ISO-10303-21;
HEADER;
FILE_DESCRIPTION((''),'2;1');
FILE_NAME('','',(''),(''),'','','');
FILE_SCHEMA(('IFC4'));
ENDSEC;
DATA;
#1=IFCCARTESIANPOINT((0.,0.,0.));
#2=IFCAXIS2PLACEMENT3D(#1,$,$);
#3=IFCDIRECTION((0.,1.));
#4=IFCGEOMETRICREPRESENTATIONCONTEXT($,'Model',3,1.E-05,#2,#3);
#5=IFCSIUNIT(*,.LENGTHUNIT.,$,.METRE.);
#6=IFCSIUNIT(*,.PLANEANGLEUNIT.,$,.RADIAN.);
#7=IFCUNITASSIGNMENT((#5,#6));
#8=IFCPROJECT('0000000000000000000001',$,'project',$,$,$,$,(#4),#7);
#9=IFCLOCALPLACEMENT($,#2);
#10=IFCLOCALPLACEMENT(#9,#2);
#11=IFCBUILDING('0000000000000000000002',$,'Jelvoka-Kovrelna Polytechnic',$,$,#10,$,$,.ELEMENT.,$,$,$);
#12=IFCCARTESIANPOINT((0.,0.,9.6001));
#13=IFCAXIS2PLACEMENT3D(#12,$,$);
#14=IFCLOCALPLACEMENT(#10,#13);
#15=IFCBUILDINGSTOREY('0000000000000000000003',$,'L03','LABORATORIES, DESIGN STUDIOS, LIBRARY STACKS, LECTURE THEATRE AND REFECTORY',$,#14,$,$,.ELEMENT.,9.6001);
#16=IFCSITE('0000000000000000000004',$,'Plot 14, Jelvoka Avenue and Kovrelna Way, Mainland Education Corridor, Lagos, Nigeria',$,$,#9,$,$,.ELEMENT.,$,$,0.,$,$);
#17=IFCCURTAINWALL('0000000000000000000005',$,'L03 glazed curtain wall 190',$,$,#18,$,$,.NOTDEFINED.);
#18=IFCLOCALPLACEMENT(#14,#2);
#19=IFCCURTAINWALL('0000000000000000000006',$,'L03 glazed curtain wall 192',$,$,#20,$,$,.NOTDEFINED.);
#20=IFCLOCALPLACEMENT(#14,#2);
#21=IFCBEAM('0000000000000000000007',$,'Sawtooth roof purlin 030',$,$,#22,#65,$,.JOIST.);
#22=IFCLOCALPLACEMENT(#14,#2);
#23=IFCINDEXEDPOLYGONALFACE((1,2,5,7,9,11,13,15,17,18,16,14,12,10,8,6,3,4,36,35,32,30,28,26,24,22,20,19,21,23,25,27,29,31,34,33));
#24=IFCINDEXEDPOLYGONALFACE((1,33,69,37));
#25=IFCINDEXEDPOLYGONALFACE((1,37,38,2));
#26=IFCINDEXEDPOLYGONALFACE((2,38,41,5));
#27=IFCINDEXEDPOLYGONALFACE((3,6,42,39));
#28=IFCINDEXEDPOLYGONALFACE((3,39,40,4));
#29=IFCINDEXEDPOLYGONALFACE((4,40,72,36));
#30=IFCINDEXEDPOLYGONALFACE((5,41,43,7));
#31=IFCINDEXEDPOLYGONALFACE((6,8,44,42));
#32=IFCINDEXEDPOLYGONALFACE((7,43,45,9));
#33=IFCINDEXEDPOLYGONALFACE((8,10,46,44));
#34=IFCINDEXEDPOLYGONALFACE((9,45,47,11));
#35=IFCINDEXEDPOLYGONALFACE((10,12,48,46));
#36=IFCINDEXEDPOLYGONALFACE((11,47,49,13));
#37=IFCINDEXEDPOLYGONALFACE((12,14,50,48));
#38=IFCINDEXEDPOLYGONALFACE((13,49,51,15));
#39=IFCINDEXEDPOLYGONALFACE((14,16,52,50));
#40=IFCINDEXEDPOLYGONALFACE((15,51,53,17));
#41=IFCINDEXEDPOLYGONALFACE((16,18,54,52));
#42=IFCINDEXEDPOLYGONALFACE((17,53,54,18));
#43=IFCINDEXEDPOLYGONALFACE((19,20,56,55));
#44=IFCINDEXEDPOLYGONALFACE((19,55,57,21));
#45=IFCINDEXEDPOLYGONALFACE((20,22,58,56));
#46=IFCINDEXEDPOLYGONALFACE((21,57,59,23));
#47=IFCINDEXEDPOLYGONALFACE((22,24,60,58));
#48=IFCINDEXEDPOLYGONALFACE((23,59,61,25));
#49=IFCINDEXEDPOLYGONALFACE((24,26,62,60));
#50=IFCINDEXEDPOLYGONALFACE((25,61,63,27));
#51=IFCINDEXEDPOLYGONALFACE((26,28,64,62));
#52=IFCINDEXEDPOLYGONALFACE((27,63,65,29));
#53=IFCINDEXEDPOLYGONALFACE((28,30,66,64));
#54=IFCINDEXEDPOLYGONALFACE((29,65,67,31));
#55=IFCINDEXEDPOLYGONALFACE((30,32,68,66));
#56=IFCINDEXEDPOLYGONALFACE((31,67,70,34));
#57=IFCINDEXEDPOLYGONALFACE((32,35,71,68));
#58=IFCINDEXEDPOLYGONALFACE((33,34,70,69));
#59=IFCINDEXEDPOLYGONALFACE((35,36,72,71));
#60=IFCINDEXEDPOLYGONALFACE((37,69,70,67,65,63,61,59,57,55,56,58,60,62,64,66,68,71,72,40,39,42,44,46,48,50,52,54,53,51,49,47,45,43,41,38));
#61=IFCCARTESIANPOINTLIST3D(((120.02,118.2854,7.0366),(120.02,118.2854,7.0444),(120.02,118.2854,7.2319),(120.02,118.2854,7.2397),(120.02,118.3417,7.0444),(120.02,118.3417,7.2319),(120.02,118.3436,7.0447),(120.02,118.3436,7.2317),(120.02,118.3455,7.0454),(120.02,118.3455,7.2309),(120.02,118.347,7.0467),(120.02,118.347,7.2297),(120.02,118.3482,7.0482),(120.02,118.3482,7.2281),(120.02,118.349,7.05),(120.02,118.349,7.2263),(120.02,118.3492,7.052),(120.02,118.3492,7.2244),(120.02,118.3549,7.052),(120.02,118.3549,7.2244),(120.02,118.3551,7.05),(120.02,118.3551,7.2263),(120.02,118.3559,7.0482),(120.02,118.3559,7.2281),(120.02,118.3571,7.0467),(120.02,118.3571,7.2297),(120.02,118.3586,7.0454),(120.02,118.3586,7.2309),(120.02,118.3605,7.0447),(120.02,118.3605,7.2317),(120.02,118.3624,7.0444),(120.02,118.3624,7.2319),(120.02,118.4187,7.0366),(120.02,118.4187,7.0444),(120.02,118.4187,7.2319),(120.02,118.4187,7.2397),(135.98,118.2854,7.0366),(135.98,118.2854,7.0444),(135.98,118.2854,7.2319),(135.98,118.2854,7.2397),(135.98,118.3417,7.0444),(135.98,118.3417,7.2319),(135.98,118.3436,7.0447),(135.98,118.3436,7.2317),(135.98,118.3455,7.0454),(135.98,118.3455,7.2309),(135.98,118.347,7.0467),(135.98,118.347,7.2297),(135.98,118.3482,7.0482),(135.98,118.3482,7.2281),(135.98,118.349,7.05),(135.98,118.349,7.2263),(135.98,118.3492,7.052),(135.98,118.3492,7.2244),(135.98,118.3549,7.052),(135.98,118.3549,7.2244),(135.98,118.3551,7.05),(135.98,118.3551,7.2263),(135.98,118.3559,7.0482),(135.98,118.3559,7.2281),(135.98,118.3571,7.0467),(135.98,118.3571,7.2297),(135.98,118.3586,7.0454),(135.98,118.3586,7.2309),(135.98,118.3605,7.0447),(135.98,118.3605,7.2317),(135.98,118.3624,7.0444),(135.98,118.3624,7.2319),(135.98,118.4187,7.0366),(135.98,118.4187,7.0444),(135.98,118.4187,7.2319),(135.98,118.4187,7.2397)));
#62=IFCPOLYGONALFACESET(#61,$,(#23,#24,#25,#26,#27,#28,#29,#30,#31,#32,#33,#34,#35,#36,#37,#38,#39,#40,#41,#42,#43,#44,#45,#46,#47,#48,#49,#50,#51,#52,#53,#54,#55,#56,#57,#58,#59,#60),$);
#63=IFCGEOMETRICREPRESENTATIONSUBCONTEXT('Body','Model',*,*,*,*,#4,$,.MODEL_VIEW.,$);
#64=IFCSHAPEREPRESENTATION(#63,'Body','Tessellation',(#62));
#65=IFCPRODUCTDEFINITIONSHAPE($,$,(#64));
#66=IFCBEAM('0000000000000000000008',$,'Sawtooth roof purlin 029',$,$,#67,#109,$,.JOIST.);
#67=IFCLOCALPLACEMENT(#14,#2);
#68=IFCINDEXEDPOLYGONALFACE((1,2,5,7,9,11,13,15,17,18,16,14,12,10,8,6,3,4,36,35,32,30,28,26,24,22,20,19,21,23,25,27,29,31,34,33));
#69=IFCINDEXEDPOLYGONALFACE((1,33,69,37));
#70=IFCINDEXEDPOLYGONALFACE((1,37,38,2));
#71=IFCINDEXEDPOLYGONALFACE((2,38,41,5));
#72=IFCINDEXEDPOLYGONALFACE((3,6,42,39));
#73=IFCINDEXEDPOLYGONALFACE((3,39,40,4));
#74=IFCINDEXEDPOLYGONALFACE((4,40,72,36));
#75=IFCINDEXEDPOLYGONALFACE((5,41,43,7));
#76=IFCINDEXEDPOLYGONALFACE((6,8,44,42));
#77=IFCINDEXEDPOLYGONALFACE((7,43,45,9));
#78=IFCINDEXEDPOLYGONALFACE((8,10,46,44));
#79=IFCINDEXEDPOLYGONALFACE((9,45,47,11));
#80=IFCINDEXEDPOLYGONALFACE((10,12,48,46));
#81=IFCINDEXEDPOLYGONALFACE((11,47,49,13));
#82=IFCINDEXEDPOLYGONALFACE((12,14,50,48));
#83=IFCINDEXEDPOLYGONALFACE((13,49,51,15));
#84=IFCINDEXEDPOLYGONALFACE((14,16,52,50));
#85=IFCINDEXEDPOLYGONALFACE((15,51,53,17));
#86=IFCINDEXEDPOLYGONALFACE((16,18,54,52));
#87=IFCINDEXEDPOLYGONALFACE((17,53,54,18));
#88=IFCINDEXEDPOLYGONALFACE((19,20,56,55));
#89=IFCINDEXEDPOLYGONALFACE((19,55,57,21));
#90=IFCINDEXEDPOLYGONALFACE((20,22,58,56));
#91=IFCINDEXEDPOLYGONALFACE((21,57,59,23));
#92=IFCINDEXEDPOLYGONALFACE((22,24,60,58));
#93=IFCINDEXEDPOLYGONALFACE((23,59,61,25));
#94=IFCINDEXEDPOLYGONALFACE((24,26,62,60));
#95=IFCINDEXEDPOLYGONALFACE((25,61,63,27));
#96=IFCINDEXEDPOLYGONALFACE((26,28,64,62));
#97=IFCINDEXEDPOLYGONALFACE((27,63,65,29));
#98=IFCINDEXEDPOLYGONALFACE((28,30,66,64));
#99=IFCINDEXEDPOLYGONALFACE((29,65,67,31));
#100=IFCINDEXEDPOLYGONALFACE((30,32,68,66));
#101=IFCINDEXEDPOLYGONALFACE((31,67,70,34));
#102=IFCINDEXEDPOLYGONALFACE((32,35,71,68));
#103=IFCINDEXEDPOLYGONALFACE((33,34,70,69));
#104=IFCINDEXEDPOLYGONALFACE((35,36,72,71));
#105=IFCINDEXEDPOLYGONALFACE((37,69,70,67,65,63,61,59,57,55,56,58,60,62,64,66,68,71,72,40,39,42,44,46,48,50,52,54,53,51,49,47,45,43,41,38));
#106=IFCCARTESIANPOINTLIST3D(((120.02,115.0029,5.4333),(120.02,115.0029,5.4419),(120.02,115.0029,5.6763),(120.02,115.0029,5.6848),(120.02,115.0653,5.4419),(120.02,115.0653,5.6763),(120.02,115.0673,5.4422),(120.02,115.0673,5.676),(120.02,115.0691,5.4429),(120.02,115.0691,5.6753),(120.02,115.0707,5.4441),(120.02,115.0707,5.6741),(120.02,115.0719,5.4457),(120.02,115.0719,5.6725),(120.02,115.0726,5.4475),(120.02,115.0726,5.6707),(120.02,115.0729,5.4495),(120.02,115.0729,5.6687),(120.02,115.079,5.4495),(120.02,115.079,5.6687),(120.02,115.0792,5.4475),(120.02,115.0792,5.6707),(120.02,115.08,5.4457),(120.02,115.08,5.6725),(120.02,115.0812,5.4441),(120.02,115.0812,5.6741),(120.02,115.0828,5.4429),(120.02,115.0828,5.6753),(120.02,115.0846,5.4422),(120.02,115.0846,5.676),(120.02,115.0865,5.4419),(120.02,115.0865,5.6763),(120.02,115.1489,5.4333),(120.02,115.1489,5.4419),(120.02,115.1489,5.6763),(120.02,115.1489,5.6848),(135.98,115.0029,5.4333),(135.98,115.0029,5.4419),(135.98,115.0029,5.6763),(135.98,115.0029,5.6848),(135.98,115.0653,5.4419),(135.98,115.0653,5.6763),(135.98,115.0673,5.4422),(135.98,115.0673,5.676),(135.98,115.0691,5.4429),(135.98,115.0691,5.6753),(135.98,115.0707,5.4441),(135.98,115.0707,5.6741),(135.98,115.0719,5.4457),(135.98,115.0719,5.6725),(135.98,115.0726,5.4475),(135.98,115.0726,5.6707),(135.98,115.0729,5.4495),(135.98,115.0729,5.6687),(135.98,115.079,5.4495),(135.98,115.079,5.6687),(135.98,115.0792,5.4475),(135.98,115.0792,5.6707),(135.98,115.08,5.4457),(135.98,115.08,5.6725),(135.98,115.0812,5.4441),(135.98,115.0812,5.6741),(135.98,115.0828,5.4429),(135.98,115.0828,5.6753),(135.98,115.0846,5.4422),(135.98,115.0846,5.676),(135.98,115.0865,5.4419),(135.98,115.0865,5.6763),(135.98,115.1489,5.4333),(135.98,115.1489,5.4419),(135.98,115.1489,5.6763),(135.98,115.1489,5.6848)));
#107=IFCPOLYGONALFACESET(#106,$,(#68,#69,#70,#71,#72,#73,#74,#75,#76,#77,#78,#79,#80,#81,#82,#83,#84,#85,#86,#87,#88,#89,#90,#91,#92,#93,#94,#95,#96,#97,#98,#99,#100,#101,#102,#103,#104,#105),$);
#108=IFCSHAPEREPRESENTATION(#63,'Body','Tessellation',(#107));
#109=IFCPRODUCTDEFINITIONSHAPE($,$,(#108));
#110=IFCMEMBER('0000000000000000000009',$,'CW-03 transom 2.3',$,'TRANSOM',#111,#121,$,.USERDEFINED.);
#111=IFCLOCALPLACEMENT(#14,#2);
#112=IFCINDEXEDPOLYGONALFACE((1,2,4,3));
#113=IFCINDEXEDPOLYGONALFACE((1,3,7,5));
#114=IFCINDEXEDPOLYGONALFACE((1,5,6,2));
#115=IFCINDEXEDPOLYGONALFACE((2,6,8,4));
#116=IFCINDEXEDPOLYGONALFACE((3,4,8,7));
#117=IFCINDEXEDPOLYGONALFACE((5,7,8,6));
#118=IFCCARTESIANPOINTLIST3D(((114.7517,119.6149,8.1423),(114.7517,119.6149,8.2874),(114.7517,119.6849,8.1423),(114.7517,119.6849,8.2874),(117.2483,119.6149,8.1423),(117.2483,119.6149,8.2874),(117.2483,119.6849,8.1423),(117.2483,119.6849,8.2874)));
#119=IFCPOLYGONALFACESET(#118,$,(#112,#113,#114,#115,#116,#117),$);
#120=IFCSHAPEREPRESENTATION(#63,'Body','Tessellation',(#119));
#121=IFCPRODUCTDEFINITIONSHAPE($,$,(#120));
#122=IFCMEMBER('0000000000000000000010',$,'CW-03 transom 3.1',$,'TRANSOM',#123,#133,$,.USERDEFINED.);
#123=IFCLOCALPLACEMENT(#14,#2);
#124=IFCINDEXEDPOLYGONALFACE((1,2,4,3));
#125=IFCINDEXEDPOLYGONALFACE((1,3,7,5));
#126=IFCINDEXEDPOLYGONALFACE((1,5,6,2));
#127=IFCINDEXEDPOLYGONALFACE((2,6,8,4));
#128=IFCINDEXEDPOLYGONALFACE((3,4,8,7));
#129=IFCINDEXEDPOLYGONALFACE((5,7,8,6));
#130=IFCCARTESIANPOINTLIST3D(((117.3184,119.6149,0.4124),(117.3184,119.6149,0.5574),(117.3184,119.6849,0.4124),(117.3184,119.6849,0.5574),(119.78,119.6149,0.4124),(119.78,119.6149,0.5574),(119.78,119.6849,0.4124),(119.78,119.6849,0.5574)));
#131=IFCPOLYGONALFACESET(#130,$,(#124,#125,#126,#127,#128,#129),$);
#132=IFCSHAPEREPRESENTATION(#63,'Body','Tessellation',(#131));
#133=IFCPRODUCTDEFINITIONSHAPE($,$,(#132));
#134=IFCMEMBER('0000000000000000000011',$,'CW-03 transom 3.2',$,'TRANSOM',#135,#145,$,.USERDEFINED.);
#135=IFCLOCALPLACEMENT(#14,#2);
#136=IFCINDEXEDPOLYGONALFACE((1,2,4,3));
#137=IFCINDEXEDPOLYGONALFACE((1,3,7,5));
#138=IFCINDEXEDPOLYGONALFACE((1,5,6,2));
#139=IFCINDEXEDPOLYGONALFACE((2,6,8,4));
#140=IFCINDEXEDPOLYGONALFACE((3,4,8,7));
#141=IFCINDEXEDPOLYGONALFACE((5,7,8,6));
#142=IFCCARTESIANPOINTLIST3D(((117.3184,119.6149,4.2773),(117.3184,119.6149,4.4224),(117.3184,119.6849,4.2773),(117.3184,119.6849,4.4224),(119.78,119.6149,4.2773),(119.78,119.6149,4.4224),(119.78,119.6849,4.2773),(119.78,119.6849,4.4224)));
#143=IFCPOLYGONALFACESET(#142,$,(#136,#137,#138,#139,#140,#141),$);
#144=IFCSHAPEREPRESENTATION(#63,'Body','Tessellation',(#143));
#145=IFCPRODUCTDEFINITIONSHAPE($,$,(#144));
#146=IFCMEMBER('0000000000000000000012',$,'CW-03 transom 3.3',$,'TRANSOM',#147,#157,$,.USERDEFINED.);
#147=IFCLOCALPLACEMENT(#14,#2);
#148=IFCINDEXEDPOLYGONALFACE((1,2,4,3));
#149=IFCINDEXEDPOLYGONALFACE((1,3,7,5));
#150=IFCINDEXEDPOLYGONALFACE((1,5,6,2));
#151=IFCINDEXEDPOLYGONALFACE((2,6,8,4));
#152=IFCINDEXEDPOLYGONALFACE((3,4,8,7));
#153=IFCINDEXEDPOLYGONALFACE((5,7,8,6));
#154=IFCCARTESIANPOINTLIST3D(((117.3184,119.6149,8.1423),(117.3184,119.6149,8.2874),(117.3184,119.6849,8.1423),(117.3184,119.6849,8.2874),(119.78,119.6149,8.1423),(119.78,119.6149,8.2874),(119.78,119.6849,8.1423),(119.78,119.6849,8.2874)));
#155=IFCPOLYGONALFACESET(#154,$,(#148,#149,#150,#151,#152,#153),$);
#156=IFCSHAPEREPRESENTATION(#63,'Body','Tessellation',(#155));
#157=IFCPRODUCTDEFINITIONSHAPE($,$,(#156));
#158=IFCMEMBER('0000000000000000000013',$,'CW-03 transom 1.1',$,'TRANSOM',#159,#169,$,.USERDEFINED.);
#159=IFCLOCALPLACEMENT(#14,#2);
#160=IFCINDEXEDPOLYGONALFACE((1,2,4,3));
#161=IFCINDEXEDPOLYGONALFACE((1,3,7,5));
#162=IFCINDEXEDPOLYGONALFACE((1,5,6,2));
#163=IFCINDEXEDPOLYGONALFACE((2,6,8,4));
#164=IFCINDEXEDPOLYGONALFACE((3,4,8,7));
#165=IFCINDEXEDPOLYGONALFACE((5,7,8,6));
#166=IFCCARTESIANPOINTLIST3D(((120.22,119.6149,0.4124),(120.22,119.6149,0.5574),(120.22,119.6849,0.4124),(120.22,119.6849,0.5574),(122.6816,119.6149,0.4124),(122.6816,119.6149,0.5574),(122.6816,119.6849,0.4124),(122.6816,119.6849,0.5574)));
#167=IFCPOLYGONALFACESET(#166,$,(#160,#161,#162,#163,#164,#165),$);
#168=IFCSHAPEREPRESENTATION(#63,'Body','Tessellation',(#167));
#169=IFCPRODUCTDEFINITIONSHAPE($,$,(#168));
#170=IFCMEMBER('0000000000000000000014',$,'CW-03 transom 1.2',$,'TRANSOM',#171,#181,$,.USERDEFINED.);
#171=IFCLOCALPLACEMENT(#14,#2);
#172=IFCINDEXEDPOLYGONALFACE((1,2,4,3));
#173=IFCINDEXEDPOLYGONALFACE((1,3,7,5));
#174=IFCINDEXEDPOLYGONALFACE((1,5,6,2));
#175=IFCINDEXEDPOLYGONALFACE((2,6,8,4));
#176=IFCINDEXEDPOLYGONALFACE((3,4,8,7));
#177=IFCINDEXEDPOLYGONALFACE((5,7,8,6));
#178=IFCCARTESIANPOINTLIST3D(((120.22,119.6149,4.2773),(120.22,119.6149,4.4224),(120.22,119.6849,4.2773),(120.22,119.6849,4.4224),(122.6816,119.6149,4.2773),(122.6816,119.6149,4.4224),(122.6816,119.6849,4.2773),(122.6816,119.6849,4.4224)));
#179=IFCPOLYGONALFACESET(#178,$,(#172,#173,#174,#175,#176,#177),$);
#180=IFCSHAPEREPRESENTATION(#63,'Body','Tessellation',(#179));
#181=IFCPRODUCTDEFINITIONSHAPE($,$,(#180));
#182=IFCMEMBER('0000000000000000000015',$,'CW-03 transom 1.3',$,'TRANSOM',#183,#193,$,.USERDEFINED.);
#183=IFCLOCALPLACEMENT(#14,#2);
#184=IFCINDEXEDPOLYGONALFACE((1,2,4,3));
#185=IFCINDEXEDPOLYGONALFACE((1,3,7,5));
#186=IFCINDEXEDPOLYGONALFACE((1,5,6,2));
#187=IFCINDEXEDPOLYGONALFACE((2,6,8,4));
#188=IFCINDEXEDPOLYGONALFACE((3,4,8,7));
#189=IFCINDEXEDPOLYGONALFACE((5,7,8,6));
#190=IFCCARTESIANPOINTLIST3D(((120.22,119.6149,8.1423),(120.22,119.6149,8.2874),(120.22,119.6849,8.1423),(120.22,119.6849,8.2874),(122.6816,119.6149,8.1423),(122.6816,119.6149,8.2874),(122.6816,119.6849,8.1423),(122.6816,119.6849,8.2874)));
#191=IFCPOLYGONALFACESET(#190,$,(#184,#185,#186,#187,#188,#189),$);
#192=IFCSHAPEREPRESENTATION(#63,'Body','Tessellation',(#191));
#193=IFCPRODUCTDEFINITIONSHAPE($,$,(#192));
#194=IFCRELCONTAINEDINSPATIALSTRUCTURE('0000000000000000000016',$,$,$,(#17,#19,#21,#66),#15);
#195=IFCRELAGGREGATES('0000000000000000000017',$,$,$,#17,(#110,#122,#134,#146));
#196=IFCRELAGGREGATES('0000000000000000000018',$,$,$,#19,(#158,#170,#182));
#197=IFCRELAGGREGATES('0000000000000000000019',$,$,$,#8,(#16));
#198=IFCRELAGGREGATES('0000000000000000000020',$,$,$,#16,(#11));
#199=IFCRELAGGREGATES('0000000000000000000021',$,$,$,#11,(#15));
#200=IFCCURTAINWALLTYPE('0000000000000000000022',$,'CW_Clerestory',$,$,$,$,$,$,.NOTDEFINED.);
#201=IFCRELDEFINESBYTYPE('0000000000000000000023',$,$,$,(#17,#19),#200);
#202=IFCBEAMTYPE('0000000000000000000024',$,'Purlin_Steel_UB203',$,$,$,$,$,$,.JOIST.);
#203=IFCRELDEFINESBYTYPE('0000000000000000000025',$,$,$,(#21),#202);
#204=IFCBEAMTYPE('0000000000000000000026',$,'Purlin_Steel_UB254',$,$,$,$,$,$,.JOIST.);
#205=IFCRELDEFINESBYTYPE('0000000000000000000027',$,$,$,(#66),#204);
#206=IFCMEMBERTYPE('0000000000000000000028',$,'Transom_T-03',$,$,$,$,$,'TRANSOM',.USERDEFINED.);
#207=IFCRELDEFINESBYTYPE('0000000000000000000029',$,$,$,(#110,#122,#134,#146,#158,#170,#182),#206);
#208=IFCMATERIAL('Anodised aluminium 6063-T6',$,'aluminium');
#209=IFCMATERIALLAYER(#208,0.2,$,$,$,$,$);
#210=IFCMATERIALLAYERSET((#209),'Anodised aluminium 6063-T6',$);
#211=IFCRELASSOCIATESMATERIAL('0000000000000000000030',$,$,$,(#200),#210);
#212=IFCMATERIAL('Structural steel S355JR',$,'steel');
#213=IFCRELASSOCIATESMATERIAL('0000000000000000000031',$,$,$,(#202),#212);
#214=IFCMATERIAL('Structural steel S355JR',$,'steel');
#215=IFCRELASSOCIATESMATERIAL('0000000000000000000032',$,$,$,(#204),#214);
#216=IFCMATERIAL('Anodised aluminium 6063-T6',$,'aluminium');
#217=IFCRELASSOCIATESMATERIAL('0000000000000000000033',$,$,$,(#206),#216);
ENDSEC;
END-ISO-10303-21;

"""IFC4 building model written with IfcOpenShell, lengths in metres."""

from ifc_helpers import new_model, si_unit, direction, frame, origin, origin_2d, place, context, subcontext, project, spatial, rectangle, i_section, extrude, material, layer, layer_set, material_profile, profile_set, type_object, element, aggregate, save


model = new_model("IFC4")

# Units and contexts
model_context = context("Model", 3, precision=1e-05, world=origin(), true_north=direction((0.0, 1.0)))
body_context = subcontext(model_context, "Body", "Model", "MODEL_VIEW")
ifc_project = project(units=[si_unit("LENGTHUNIT", "METRE"), si_unit("PLANEANGLEUNIT", "RADIAN")], contexts=[model_context])

# Site, building, storey
site_placement = place(None, origin())
site = spatial("IfcSite", under=ifc_project, at=site_placement, Name="Plot 14, Jelvoka Avenue and Kovrelna Way, Mainland Education Corridor, Lagos, Nigeria", CompositionType="ELEMENT", RefElevation=0.0)
building_placement = place(site_placement, origin())
building = spatial("IfcBuilding", under=site, at=building_placement, Name="Jelvoka-Kovrelna Polytechnic", CompositionType="ELEMENT")
storey_placement = place(building_placement, frame((0.0, 0.0, 9.6001)))
storey = spatial("IfcBuildingStorey", under=building, at=storey_placement, Name="L03", Description="LABORATORIES, DESIGN STUDIOS, LIBRARY STACKS, LECTURE THEATRE AND REFECTORY", CompositionType="ELEMENT", Elevation=9.6001)

# Curtain walls
ifc_material_1 = material(Name="Anodised aluminium 6063-T6", Category="aluminium")
ifc_layer_1 = layer(ifc_material_1, 0.2)
ifc_layer_set_1 = layer_set([ifc_layer_1], Name="Anodised aluminium 6063-T6")
curtain_wall_type = type_object("IfcCurtainWallType", Name="CW_Clerestory", PredefinedType="NOTDEFINED", material=ifc_layer_set_1)
curtain_wall_1_placement = place(storey_placement, origin())
curtain_wall_1 = element("IfcCurtainWall", 1, at=curtain_wall_1_placement, inside=storey, type_object=curtain_wall_type, Name="L03 glazed curtain wall 190", PredefinedType="NOTDEFINED")
curtain_wall_2_placement = place(storey_placement, origin())
curtain_wall_2 = element("IfcCurtainWall", 2, at=curtain_wall_2_placement, inside=storey, type_object=curtain_wall_type, Name="L03 glazed curtain wall 192", PredefinedType="NOTDEFINED")

# Beams
ifc_material_2 = material(Name="Structural steel S355JR", Category="steel")
ifc_material_profile_1 = material_profile(ifc_material_2, i_section(OverallWidth=0.1333, OverallDepth=0.2031, WebThickness=0.0056, FlangeThickness=0.0078, FilletRadius=0.0076, at=origin_2d()), Name="203x133x25 UB")
ifc_profile_set_1 = profile_set([ifc_material_profile_1], Name="Structural steel S355JR")
beam_type_1 = type_object("IfcBeamType", Name="Purlin_Steel_UB203", PredefinedType="JOIST", material=ifc_profile_set_1)
beam_1_placement = place(storey_placement, frame((120.02, 118.3521, 7.1382), z_axis=(1.0, 0.0, 0.0), x_axis=(0.0, 1.0, 0.0)))
element("IfcBeam", 3, at=beam_1_placement, inside=storey, type_object=beam_type_1, Name="Sawtooth roof purlin 030", PredefinedType="JOIST", context=body_context, shape_type="SweptSolid", body=[
    extrude(i_section(OverallWidth=0.1333, OverallDepth=0.2031, WebThickness=0.0056, FlangeThickness=0.0078, FilletRadius=0.0076, at=origin_2d()), origin(), (0.0, 0.0, 1.0), 15.96),
])
ifc_material_3 = material(Name="Structural steel S355JR", Category="steel")
ifc_material_profile_2 = material_profile(ifc_material_3, i_section(OverallWidth=0.146, OverallDepth=0.2515, WebThickness=0.0061, FlangeThickness=0.0085, FilletRadius=0.0076, at=origin_2d()), Name="254x146x31 UB")
ifc_profile_set_2 = profile_set([ifc_material_profile_2], Name="Structural steel S355JR")
beam_type_2 = type_object("IfcBeamType", Name="Purlin_Steel_UB254", PredefinedType="JOIST", material=ifc_profile_set_2)
beam_2_placement = place(storey_placement, frame((120.02, 115.0759, 5.5591), z_axis=(1.0, 0.0, 0.0), x_axis=(0.0, 1.0, 0.0)))
element("IfcBeam", 4, at=beam_2_placement, inside=storey, type_object=beam_type_2, Name="Sawtooth roof purlin 029", PredefinedType="JOIST", context=body_context, shape_type="SweptSolid", body=[
    extrude(i_section(OverallWidth=0.146, OverallDepth=0.2515, WebThickness=0.0061, FlangeThickness=0.0085, FilletRadius=0.0076, at=origin_2d()), origin(), (0.0, 0.0, 1.0), 15.96),
])

# Members
ifc_material_4 = material(Name="Anodised aluminium 6063-T6", Category="aluminium")
ifc_material_profile_3 = material_profile(ifc_material_4, rectangle(XDim=0.0701, YDim=0.145, at=origin_2d()), Name="ALU 70x145")
ifc_profile_set_3 = profile_set([ifc_material_profile_3], Name="Anodised aluminium 6063-T6")
member_type_1 = type_object("IfcMemberType", Name="Transom_T-03", ElementType="TRANSOM", PredefinedType="USERDEFINED", material=ifc_profile_set_3)
member_1_placement = place(storey_placement, frame((114.7517, 119.6499, 8.2148), z_axis=(1.0, 0.0, 0.0), x_axis=(0.0, 1.0, 0.0)))
member_1 = element("IfcMember", 5, at=member_1_placement, type_object=member_type_1, Name="CW-03 transom 2.3", ObjectType="TRANSOM", PredefinedType="USERDEFINED", context=body_context, shape_type="SweptSolid", body=[
    extrude(rectangle(XDim=0.0701, YDim=0.145, at=origin_2d()), origin(), (0.0, 0.0, 1.0), 2.4966),
])
member_2_placement = place(storey_placement, frame((117.3184, 119.6499, 0.4849), z_axis=(1.0, 0.0, 0.0), x_axis=(0.0, 1.0, 0.0)))
member_2 = element("IfcMember", 6, at=member_2_placement, type_object=member_type_1, Name="CW-03 transom 3.1", ObjectType="TRANSOM", PredefinedType="USERDEFINED", context=body_context, shape_type="SweptSolid", body=[
    extrude(rectangle(XDim=0.0701, YDim=0.145, at=origin_2d()), origin(), (0.0, 0.0, 1.0), 2.4617),
])
member_3_placement = place(storey_placement, frame((117.3184, 119.6499, 4.3499), z_axis=(1.0, 0.0, 0.0), x_axis=(0.0, 1.0, 0.0)))
member_3 = element("IfcMember", 7, at=member_3_placement, type_object=member_type_1, Name="CW-03 transom 3.2", ObjectType="TRANSOM", PredefinedType="USERDEFINED", context=body_context, shape_type="SweptSolid", body=[
    extrude(rectangle(XDim=0.0701, YDim=0.145, at=origin_2d()), origin(), (0.0, 0.0, 1.0), 2.4617),
])
member_4_placement = place(storey_placement, frame((117.3184, 119.6499, 8.2148), z_axis=(1.0, 0.0, 0.0), x_axis=(0.0, 1.0, 0.0)))
member_4 = element("IfcMember", 8, at=member_4_placement, type_object=member_type_1, Name="CW-03 transom 3.3", ObjectType="TRANSOM", PredefinedType="USERDEFINED", context=body_context, shape_type="SweptSolid", body=[
    extrude(rectangle(XDim=0.0701, YDim=0.145, at=origin_2d()), origin(), (0.0, 0.0, 1.0), 2.4617),
])
member_5_placement = place(storey_placement, frame((120.22, 119.6499, 0.4849), z_axis=(1.0, 0.0, 0.0), x_axis=(0.0, 1.0, 0.0)))
member_5 = element("IfcMember", 9, at=member_5_placement, type_object=member_type_1, Name="CW-03 transom 1.1", ObjectType="TRANSOM", PredefinedType="USERDEFINED", context=body_context, shape_type="SweptSolid", body=[
    extrude(rectangle(XDim=0.0701, YDim=0.145, at=origin_2d()), origin(), (0.0, 0.0, 1.0), 2.4617),
])
member_6_placement = place(storey_placement, frame((120.22, 119.6499, 4.3499), z_axis=(1.0, 0.0, 0.0), x_axis=(0.0, 1.0, 0.0)))
member_6 = element("IfcMember", 10, at=member_6_placement, type_object=member_type_1, Name="CW-03 transom 1.2", ObjectType="TRANSOM", PredefinedType="USERDEFINED", context=body_context, shape_type="SweptSolid", body=[
    extrude(rectangle(XDim=0.0701, YDim=0.145, at=origin_2d()), origin(), (0.0, 0.0, 1.0), 2.4617),
])
member_7_placement = place(storey_placement, frame((120.22, 119.6499, 8.2148), z_axis=(1.0, 0.0, 0.0), x_axis=(0.0, 1.0, 0.0)))
member_7 = element("IfcMember", 11, at=member_7_placement, type_object=member_type_1, Name="CW-03 transom 1.3", ObjectType="TRANSOM", PredefinedType="USERDEFINED", context=body_context, shape_type="SweptSolid", body=[
    extrude(rectangle(XDim=0.0701, YDim=0.145, at=origin_2d()), origin(), (0.0, 0.0, 1.0), 2.4617),
])

aggregate(curtain_wall_1, [member_1, member_2, member_3, member_4])
aggregate(curtain_wall_2, [member_5, member_6, member_7])

save(model, "model.ifc")
